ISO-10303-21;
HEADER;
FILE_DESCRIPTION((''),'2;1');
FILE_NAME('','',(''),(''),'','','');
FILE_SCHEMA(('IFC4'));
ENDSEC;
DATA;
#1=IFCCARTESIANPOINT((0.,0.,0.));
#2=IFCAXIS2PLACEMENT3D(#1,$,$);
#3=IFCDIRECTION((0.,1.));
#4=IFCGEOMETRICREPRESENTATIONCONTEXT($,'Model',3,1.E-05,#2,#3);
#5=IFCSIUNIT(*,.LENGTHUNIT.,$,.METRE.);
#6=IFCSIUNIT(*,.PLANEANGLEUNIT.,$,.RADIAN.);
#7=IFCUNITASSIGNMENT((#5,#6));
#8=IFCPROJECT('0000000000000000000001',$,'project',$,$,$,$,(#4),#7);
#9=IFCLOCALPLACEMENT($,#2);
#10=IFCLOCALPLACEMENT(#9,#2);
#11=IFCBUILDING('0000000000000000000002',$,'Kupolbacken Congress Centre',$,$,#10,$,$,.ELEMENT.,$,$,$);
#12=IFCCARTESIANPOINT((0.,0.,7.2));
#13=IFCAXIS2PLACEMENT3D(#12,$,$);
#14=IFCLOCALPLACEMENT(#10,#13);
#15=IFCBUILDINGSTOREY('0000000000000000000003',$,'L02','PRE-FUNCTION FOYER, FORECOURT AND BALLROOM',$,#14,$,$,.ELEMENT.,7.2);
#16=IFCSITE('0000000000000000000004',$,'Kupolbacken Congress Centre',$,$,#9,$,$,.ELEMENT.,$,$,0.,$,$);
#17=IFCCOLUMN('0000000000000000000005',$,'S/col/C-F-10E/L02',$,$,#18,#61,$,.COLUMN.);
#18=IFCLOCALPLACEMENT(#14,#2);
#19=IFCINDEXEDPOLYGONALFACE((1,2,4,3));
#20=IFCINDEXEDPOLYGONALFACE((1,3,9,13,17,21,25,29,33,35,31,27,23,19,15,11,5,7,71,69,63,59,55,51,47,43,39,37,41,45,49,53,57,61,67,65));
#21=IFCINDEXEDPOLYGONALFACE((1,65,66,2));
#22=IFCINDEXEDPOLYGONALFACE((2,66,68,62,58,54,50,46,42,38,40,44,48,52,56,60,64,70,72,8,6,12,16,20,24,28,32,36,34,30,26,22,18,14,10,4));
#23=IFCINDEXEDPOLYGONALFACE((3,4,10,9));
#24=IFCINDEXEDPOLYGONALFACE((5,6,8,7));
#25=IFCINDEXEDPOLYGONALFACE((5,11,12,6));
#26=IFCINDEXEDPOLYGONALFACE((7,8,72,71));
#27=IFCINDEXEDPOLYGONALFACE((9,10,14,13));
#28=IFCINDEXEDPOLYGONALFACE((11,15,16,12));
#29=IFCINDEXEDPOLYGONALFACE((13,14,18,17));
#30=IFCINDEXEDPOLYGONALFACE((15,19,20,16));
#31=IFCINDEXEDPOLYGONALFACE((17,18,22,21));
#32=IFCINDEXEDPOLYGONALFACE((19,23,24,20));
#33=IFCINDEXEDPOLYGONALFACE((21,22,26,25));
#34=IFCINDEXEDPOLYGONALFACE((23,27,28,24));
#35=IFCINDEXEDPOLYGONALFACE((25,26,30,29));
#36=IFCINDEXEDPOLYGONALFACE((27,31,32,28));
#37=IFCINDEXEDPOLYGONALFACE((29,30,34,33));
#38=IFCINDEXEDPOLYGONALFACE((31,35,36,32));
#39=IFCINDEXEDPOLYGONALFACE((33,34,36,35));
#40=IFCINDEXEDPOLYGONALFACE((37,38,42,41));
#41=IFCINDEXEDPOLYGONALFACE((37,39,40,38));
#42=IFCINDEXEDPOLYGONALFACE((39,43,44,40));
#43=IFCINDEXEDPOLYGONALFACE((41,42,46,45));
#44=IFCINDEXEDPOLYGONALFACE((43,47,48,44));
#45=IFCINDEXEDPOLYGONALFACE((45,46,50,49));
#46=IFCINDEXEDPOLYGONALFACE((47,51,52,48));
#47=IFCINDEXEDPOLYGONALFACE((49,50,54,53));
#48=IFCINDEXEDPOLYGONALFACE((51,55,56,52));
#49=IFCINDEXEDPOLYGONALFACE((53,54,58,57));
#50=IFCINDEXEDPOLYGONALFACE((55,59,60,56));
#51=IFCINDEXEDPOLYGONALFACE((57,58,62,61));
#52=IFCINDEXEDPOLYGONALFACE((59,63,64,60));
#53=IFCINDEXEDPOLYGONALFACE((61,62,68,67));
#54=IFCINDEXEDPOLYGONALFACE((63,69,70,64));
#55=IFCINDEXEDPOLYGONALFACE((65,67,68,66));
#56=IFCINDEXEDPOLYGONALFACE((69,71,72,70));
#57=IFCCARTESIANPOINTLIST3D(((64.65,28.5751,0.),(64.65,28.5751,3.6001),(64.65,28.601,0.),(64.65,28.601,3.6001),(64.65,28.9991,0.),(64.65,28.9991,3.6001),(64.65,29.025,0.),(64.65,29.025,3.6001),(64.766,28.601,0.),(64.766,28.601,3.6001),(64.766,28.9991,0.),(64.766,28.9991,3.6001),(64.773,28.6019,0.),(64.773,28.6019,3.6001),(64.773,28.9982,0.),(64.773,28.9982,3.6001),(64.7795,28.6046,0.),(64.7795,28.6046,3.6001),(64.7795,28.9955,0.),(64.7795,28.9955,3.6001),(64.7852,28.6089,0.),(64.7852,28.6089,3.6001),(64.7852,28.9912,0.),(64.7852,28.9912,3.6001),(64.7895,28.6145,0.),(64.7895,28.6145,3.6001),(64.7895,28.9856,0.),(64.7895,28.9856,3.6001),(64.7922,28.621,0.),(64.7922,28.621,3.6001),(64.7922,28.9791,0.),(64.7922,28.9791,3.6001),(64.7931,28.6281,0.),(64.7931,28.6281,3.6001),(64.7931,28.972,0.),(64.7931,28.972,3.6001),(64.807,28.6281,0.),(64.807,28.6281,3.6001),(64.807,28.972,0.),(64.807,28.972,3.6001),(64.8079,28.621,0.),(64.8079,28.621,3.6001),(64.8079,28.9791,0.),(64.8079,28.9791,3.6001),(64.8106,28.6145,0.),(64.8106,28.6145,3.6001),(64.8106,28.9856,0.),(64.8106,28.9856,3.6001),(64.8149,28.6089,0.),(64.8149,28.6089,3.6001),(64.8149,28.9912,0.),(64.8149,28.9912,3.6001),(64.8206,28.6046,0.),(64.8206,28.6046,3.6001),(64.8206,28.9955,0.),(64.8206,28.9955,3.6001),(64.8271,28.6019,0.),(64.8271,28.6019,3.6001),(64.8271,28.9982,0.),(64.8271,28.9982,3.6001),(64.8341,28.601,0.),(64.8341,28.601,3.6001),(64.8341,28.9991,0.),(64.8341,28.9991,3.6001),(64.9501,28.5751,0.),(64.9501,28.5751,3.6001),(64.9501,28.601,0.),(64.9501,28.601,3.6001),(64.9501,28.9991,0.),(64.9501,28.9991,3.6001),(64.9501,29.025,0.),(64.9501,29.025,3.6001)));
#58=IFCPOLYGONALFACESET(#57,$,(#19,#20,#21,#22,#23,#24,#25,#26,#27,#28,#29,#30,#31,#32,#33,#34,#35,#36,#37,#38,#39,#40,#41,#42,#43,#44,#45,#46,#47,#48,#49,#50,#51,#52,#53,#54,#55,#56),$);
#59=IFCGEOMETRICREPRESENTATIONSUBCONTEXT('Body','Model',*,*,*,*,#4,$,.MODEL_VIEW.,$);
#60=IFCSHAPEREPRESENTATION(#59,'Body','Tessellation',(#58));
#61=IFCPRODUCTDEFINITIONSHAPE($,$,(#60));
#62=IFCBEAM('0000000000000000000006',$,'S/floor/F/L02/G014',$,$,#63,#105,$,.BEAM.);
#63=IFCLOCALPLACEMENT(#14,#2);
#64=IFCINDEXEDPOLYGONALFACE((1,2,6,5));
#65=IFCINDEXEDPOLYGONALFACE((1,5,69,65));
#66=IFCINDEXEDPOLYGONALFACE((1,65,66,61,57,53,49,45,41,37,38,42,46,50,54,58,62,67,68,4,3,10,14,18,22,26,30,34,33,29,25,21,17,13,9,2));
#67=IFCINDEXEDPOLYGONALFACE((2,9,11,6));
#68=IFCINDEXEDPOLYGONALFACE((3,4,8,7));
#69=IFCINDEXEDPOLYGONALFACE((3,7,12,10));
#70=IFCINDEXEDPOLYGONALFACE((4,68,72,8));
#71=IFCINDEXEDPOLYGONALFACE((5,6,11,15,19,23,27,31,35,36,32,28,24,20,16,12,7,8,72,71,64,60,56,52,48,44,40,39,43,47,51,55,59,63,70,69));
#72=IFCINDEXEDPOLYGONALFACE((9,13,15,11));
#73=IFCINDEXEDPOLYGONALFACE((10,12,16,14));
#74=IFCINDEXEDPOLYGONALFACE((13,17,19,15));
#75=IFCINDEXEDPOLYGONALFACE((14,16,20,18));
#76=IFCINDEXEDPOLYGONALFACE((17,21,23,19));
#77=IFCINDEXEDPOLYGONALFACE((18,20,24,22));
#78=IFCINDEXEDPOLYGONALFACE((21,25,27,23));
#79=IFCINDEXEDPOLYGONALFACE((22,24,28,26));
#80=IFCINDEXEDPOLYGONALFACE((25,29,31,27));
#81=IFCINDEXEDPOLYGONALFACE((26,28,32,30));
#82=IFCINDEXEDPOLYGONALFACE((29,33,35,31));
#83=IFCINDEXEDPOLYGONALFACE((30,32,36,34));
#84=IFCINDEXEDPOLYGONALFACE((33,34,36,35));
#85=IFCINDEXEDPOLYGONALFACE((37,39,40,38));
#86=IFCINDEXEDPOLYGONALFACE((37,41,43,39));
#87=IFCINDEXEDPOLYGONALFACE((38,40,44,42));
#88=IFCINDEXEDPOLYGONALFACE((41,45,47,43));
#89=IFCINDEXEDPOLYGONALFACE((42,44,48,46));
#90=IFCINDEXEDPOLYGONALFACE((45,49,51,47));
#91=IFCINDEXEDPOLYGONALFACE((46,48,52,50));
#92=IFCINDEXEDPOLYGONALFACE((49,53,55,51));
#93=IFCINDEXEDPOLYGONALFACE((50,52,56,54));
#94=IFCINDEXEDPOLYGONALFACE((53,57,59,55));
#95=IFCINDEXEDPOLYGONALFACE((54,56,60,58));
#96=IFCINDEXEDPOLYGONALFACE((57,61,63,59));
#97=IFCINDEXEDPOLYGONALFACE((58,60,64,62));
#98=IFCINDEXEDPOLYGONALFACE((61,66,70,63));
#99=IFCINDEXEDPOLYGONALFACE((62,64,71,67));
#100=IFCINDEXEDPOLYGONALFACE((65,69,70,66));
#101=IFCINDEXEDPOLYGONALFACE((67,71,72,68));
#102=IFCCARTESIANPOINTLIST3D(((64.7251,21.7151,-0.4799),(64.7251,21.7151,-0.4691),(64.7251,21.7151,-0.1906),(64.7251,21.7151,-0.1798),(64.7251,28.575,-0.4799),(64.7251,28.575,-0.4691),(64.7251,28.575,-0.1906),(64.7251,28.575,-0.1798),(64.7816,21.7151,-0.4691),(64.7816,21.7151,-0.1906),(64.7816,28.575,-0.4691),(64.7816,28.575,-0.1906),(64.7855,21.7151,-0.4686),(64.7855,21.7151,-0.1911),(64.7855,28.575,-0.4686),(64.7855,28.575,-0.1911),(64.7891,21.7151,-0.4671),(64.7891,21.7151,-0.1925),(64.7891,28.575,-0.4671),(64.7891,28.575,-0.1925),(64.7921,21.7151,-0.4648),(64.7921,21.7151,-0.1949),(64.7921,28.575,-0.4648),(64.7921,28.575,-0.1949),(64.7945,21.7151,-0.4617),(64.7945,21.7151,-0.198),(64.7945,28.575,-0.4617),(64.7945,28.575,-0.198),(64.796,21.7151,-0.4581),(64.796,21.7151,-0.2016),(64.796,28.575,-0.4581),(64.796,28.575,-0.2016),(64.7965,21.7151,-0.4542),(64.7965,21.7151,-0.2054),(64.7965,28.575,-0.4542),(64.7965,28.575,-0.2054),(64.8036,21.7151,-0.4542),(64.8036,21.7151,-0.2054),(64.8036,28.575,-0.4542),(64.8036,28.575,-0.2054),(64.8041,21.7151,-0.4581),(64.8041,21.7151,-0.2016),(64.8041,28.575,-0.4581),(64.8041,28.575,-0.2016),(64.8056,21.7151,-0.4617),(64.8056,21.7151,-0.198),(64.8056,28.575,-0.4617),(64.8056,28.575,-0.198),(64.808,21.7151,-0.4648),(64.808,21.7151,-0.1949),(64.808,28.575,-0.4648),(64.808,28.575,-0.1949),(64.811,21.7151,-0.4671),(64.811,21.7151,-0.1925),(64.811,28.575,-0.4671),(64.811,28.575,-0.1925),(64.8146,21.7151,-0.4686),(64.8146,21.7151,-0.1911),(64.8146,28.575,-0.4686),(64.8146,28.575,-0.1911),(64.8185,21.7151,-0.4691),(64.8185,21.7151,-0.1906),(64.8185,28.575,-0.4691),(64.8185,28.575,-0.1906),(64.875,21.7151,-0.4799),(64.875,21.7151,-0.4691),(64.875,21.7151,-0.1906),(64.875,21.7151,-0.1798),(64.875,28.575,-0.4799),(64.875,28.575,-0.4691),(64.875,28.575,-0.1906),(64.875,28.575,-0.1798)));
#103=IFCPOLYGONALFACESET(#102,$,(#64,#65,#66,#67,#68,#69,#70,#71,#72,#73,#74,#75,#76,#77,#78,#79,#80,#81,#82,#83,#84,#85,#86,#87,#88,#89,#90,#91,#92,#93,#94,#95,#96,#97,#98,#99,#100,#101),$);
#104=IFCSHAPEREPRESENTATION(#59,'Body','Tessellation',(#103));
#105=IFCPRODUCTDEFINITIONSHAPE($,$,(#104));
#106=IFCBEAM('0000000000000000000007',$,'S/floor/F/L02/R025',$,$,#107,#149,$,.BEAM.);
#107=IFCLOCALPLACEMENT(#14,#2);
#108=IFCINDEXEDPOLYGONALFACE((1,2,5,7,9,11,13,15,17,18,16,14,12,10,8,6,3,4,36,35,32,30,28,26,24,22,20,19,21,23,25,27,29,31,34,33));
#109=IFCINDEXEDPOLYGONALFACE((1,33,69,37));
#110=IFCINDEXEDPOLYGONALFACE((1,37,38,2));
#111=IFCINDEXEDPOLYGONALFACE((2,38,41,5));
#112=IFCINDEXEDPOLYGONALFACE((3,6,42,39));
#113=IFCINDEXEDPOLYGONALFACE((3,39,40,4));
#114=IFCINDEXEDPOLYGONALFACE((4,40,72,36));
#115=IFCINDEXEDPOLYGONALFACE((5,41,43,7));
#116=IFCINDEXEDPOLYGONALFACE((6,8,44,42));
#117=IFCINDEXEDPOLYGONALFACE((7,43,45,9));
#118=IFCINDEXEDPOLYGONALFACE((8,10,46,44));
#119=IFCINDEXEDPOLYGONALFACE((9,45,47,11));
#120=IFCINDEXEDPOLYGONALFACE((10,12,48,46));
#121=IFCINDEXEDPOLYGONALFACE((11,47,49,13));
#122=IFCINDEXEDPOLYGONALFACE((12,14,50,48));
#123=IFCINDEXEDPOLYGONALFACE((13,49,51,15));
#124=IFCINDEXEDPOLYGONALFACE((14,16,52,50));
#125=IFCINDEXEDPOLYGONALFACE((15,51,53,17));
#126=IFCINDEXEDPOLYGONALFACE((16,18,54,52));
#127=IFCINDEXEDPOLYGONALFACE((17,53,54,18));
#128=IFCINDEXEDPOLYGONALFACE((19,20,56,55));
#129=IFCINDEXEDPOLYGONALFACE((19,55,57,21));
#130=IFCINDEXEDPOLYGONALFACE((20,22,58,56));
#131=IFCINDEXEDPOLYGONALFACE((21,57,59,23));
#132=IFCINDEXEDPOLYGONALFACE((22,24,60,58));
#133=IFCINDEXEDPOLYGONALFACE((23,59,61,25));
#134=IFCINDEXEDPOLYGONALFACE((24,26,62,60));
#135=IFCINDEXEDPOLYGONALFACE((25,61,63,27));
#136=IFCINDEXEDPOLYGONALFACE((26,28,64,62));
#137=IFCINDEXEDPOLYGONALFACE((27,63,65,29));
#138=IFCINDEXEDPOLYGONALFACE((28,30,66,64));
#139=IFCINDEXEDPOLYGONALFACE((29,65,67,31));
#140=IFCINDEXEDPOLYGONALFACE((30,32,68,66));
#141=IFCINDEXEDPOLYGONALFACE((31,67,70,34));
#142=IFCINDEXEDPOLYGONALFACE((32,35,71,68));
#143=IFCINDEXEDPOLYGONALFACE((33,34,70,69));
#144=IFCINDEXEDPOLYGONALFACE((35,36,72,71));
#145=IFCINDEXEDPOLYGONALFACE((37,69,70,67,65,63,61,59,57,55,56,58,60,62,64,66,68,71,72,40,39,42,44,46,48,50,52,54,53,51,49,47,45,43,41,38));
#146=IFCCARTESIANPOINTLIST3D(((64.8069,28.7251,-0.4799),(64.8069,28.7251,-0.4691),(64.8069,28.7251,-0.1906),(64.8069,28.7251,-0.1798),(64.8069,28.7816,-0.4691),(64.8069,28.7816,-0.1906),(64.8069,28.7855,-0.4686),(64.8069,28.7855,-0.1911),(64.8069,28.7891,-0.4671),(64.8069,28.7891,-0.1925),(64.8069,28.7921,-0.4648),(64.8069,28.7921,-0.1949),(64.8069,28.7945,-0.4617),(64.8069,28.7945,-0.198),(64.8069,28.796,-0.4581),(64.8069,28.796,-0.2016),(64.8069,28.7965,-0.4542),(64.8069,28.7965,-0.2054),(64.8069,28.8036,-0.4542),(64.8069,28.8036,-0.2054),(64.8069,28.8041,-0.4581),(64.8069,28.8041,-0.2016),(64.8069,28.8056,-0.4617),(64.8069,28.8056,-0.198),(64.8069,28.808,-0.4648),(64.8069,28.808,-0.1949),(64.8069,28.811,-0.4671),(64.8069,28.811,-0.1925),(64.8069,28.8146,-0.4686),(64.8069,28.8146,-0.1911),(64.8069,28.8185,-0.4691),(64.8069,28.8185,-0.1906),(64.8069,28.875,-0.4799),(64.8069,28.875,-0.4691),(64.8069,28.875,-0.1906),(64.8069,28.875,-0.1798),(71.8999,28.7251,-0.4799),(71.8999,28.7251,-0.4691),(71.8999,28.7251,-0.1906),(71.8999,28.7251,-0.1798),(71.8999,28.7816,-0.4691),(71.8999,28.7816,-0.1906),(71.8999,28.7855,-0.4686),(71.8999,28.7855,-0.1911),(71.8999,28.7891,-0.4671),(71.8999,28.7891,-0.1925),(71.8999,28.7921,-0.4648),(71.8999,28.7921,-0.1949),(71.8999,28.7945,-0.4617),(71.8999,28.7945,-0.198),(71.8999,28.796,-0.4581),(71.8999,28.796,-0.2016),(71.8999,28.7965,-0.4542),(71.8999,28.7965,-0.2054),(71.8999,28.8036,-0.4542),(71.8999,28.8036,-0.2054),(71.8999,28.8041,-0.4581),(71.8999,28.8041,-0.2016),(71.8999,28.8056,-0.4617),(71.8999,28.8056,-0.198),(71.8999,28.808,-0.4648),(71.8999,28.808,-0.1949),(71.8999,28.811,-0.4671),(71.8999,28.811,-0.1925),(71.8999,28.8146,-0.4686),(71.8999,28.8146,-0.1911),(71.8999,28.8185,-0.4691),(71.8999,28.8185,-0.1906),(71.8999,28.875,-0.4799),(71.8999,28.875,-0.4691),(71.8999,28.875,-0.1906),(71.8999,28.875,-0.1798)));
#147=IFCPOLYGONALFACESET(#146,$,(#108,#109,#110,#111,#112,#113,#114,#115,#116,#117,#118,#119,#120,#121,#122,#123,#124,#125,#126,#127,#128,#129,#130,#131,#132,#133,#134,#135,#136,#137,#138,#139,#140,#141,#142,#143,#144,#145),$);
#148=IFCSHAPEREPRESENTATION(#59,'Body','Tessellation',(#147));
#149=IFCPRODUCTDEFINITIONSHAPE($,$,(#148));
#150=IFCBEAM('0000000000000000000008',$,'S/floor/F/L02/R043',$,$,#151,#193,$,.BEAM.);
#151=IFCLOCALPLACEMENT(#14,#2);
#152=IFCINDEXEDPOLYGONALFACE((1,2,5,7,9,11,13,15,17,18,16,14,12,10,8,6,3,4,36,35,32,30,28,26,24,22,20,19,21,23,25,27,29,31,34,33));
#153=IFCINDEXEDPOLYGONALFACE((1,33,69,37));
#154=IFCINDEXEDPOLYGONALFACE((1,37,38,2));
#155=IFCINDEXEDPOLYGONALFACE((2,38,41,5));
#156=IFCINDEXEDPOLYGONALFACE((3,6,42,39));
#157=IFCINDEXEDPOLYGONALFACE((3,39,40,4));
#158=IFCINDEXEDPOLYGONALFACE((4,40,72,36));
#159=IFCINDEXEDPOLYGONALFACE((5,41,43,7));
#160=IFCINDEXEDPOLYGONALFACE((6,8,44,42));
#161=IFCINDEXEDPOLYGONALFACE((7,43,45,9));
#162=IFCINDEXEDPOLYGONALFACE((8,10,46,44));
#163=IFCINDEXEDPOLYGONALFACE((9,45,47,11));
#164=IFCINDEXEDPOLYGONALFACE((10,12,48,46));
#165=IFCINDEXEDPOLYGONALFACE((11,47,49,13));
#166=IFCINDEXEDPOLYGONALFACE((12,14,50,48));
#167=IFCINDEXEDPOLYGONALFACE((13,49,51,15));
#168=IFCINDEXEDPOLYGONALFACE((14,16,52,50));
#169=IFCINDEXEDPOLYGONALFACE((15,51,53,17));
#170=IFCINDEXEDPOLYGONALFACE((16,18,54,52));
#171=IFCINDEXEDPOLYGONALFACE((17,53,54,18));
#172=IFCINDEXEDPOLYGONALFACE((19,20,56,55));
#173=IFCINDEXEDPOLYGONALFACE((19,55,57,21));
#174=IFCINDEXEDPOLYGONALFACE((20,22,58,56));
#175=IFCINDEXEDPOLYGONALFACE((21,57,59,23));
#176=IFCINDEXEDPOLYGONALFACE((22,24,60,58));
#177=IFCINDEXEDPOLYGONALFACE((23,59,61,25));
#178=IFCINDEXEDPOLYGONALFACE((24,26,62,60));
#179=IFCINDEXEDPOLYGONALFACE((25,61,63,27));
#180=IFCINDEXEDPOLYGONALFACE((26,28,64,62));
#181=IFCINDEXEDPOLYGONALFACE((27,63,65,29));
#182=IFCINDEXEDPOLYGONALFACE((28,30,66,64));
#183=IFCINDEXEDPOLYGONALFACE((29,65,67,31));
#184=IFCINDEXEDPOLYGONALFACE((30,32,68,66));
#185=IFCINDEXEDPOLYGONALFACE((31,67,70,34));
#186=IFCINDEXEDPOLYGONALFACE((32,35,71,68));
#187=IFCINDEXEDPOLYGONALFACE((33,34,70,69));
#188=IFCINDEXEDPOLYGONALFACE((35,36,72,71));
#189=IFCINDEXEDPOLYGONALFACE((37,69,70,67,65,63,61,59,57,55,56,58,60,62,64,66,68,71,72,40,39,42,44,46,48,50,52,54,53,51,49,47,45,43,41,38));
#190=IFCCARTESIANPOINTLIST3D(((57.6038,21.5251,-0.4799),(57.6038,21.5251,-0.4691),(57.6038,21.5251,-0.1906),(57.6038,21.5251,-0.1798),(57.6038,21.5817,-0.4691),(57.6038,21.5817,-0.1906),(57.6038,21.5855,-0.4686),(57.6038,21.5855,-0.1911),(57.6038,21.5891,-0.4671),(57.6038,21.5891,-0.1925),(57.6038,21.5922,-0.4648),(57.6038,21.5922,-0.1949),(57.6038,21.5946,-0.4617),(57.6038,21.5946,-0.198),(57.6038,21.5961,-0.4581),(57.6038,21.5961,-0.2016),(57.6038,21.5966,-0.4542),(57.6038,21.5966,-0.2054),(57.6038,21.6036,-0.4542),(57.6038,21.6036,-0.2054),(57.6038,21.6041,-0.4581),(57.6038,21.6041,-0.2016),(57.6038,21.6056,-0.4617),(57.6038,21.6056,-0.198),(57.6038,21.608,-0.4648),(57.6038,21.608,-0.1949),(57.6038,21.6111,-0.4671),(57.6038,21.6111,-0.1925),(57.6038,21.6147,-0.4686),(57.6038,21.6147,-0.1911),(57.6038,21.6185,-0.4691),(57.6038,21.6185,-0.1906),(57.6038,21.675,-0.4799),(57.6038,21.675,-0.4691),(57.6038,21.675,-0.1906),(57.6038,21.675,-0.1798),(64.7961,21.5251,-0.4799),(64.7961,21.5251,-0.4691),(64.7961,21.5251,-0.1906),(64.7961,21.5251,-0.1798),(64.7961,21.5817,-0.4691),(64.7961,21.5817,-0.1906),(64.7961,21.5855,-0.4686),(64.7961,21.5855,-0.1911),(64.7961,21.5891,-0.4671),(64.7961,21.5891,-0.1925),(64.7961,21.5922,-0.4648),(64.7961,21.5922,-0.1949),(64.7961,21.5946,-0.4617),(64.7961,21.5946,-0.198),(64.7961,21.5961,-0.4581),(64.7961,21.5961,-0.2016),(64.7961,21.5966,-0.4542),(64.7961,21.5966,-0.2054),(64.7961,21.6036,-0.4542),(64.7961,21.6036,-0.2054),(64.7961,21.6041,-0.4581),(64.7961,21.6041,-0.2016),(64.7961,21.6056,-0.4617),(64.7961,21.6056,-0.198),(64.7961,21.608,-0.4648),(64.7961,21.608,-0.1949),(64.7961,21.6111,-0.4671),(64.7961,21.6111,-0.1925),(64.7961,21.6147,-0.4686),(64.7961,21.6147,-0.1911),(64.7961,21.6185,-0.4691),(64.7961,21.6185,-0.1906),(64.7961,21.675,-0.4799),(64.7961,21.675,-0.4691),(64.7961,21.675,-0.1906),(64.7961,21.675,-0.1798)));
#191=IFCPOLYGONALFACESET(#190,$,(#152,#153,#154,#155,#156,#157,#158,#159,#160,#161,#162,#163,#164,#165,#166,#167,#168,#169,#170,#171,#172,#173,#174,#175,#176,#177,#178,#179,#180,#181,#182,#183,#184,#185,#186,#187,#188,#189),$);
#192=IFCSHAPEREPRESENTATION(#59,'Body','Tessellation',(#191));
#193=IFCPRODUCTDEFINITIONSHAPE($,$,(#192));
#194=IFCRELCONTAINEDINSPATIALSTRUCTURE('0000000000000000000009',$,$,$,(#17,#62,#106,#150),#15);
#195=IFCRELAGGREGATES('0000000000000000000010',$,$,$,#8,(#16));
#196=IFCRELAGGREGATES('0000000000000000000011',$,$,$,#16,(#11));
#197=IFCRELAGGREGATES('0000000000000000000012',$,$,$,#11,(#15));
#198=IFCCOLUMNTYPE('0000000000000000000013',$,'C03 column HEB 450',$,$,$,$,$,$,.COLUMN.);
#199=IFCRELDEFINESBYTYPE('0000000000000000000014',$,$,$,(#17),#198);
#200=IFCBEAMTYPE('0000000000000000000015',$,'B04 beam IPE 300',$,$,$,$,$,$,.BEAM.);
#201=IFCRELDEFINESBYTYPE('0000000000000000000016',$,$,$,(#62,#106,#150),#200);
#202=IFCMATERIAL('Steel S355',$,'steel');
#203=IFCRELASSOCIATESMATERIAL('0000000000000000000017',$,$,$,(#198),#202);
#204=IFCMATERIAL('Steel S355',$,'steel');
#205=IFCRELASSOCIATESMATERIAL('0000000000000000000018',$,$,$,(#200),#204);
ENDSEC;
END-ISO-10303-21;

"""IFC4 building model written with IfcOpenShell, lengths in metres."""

from ifc_helpers import new_model, si_unit, direction, frame, origin, origin_2d, place, context, subcontext, project, spatial, i_section, extrude, material, material_profile, profile_set, type_object, element, save


model = new_model("IFC4")

# Units and contexts
model_context = context("Model", 3, precision=1e-05, world=origin(), true_north=direction((0.0, 1.0)))
body_context = subcontext(model_context, "Body", "Model", "MODEL_VIEW")
ifc_project = project(units=[si_unit("LENGTHUNIT", "METRE"), si_unit("PLANEANGLEUNIT", "RADIAN")], contexts=[model_context])

# Site, building, storey
site_placement = place(None, origin())
site = spatial("IfcSite", under=ifc_project, at=site_placement, Name="Kupolbacken Congress Centre", CompositionType="ELEMENT", RefElevation=0.0)
building_placement = place(site_placement, origin())
building = spatial("IfcBuilding", under=site, at=building_placement, Name="Kupolbacken Congress Centre", CompositionType="ELEMENT")
storey_placement = place(building_placement, frame((0.0, 0.0, 7.2)))
storey = spatial("IfcBuildingStorey", under=building, at=storey_placement, Name="L02", Description="PRE-FUNCTION FOYER, FORECOURT AND BALLROOM", CompositionType="ELEMENT", Elevation=7.2)

# Column
ifc_material_1 = material(Name="Steel S355", Category="steel")
ifc_material_profile_1 = material_profile(ifc_material_1, i_section(OverallWidth=0.3, OverallDepth=0.45, WebThickness=0.0139, FlangeThickness=0.0259, FilletRadius=0.0271, at=origin_2d()), Name="HEB 450")
ifc_profile_set_1 = profile_set([ifc_material_profile_1], Name="Steel S355")
column_type = type_object("IfcColumnType", Name="C03 column HEB 450", PredefinedType="COLUMN", material=ifc_profile_set_1)
column_placement = place(storey_placement, frame((64.8, 28.8, 0.0), z_axis=(0.0, 0.0, 1.0), x_axis=(1.0, 0.0, 0.0)))
element("IfcColumn", 1, at=column_placement, inside=storey, type_object=column_type, Name="S/col/C-F-10E/L02", PredefinedType="COLUMN", context=body_context, shape_type="SweptSolid", body=[
    extrude(i_section(OverallWidth=0.3, OverallDepth=0.45, WebThickness=0.0139, FlangeThickness=0.0259, FilletRadius=0.0271, at=origin_2d()), origin(), (0.0, 0.0, 1.0), 3.6001),
])

# Beams
ifc_material_2 = material(Name="Steel S355", Category="steel")
ifc_material_profile_2 = material_profile(ifc_material_2, i_section(OverallWidth=0.1499, OverallDepth=0.3, WebThickness=0.0071, FlangeThickness=0.0107, FilletRadius=0.0149, at=origin_2d()), Name="IPE 300")
ifc_profile_set_2 = profile_set([ifc_material_profile_2], Name="Steel S355")
beam_type = type_object("IfcBeamType", Name="B04 beam IPE 300", PredefinedType="BEAM", material=ifc_profile_set_2)
beam_1_placement = place(storey_placement, frame((64.8, 21.7151, -0.3298), z_axis=(0.0, 1.0, 0.0), x_axis=(-1.0, 0.0, 0.0)))
element("IfcBeam", 2, at=beam_1_placement, inside=storey, type_object=beam_type, Name="S/floor/F/L02/G014", PredefinedType="BEAM", context=body_context, shape_type="SweptSolid", body=[
    extrude(i_section(OverallWidth=0.1499, OverallDepth=0.3, WebThickness=0.0071, FlangeThickness=0.0107, FilletRadius=0.0149, at=origin_2d()), origin(), (0.0, 0.0, 1.0), 6.8599),
])
beam_2_placement = place(storey_placement, frame((64.8069, 28.8, -0.3298), z_axis=(1.0, 0.0, 0.0), x_axis=(0.0, 1.0, 0.0)))
element("IfcBeam", 3, at=beam_2_placement, inside=storey, type_object=beam_type, Name="S/floor/F/L02/R025", PredefinedType="BEAM", context=body_context, shape_type="SweptSolid", body=[
    extrude(i_section(OverallWidth=0.1499, OverallDepth=0.3, WebThickness=0.0071, FlangeThickness=0.0107, FilletRadius=0.0149, at=origin_2d()), origin(), (0.0, 0.0, 1.0), 7.093),
])
beam_3_placement = place(storey_placement, frame((57.6038, 21.6001, -0.3298), z_axis=(1.0, 0.0, 0.0), x_axis=(0.0, 1.0, 0.0)))
element("IfcBeam", 4, at=beam_3_placement, inside=storey, type_object=beam_type, Name="S/floor/F/L02/R043", PredefinedType="BEAM", context=body_context, shape_type="SweptSolid", body=[
    extrude(i_section(OverallWidth=0.1499, OverallDepth=0.3, WebThickness=0.0071, FlangeThickness=0.0107, FilletRadius=0.0149, at=origin_2d()), origin(), (0.0, 0.0, 1.0), 7.1924),
])

save(model, "model.ifc")
